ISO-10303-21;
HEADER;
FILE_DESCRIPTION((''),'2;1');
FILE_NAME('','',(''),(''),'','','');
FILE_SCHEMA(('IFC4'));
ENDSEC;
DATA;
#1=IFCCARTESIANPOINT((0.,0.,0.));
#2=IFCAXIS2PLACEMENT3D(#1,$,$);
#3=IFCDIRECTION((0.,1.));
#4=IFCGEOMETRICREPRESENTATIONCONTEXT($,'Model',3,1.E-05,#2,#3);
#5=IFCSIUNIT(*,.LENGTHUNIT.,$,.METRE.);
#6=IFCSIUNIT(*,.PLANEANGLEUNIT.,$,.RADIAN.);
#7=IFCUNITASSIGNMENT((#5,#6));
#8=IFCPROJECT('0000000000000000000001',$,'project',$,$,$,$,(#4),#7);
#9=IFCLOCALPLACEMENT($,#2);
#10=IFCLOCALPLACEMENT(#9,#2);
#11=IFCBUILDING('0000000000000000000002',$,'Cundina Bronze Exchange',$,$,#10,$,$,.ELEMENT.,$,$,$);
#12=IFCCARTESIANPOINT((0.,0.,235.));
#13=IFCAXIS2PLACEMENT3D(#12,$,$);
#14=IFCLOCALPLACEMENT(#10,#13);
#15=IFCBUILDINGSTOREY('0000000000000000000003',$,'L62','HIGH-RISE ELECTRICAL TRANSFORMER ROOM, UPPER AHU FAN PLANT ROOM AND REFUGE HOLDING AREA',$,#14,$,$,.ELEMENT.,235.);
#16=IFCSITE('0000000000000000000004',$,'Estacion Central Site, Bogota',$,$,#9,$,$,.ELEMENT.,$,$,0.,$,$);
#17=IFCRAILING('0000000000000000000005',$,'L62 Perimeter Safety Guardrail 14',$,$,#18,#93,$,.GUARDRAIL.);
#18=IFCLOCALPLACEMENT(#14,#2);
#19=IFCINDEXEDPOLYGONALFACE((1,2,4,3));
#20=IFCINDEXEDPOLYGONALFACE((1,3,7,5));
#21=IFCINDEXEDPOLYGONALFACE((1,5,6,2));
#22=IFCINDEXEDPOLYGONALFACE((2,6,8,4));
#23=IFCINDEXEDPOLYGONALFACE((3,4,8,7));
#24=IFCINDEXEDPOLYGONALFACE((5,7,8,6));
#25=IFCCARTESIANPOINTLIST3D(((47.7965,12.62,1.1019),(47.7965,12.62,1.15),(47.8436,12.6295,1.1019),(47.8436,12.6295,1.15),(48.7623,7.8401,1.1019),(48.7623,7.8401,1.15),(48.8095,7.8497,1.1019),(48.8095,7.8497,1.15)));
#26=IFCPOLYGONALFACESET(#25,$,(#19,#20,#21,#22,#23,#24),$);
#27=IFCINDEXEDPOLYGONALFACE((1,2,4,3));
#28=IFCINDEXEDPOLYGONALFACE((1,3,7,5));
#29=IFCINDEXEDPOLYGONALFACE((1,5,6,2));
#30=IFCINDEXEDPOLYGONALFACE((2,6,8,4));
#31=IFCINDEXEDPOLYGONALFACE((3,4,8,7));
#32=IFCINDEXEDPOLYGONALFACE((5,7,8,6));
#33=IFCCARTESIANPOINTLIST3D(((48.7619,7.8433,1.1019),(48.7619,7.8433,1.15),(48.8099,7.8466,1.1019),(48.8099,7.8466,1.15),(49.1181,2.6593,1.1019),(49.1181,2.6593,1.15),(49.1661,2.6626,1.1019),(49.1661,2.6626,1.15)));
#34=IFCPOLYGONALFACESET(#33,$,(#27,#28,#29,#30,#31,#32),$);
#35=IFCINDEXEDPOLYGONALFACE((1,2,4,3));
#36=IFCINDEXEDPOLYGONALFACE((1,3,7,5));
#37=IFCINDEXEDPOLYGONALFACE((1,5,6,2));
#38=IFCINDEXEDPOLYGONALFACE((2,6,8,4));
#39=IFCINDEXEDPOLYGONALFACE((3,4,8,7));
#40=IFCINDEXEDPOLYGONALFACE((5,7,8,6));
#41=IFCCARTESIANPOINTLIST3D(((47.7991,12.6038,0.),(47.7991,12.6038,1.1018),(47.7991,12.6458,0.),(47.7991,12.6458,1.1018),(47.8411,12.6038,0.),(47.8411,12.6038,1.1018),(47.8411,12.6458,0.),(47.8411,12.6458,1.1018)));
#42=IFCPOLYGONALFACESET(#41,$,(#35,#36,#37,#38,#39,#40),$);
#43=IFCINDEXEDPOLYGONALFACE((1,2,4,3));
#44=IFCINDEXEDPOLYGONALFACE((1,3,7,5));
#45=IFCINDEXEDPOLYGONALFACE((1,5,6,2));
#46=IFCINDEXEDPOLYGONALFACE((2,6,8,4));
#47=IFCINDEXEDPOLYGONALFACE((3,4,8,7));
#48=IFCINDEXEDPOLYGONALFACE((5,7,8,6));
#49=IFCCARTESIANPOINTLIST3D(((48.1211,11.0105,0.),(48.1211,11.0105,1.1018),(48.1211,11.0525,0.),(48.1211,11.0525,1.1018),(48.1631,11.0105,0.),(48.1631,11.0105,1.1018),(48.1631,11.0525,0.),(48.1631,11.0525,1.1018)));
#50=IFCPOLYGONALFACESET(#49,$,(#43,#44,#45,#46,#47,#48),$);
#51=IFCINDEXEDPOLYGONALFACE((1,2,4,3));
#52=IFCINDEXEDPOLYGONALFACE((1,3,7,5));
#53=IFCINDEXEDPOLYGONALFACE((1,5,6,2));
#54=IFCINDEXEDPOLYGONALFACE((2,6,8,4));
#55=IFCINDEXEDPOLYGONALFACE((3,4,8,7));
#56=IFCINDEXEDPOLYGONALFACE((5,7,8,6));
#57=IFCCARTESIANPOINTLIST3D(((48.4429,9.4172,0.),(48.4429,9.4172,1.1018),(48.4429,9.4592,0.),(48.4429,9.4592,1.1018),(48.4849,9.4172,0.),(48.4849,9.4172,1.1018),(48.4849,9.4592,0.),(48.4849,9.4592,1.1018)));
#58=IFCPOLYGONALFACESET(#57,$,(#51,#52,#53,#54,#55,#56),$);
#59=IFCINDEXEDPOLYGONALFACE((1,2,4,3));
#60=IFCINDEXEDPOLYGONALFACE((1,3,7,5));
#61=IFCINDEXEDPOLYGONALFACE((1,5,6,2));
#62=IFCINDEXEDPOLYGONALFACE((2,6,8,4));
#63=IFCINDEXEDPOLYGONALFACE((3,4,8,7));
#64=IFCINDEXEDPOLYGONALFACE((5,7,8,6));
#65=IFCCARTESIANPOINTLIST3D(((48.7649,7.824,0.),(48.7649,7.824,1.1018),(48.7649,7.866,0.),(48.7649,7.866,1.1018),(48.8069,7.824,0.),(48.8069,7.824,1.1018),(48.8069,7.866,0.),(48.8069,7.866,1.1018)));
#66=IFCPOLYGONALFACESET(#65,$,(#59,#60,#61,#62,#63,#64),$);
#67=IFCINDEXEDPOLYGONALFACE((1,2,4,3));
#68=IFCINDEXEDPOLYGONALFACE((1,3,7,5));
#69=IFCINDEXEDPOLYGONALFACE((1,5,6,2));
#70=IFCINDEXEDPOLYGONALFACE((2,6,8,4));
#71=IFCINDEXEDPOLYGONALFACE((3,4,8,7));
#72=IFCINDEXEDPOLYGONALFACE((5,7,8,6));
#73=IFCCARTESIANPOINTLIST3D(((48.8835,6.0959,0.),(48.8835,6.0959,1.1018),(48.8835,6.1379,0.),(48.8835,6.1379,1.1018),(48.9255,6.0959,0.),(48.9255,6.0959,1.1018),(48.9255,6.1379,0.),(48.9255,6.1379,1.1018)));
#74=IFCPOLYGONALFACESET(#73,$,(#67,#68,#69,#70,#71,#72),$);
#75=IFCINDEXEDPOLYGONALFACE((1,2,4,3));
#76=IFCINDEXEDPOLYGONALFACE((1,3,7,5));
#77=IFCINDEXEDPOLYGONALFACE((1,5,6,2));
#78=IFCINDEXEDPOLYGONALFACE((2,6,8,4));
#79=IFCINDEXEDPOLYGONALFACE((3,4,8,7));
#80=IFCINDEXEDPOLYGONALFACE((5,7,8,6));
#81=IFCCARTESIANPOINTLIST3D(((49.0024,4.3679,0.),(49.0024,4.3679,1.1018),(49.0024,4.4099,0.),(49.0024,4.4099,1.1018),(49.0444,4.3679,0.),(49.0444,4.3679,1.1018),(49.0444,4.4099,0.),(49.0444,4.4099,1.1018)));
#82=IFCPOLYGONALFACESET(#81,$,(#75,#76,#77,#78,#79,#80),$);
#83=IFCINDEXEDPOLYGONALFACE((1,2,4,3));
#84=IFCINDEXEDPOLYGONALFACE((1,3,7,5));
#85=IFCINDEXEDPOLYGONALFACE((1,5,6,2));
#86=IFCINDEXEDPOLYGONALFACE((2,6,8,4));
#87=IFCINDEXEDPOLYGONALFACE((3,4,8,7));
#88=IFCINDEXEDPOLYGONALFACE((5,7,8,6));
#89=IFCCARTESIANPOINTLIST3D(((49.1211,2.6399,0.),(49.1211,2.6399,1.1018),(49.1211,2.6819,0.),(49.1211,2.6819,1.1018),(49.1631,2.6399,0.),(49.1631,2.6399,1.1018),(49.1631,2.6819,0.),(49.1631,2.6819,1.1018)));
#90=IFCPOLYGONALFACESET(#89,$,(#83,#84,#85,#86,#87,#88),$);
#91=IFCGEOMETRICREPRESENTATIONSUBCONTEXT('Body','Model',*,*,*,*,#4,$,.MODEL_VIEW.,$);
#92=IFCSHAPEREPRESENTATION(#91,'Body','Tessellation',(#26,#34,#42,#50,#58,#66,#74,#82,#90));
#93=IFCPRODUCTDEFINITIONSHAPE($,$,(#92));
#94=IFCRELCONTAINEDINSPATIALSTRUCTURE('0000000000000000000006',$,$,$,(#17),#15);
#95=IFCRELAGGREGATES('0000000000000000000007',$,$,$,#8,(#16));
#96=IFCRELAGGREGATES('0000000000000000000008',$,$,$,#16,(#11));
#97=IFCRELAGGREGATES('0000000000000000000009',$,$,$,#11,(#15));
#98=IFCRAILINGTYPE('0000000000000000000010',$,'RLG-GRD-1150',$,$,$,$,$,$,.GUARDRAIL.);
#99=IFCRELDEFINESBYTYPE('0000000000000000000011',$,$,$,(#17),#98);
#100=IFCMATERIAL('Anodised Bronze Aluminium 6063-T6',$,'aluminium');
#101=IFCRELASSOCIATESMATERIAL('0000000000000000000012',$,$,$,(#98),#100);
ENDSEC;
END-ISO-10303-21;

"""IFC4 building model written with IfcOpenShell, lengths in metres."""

from ifc_helpers import new_model, si_unit, direction, frame, origin, origin_2d, place, context, subcontext, project, spatial, rectangle, extrude, material, type_object, element, save


model = new_model("IFC4")

# Units and contexts
model_context = context("Model", 3, precision=1e-05, world=origin(), true_north=direction((0.0, 1.0)))
body_context = subcontext(model_context, "Body", "Model", "MODEL_VIEW")
ifc_project = project(units=[si_unit("LENGTHUNIT", "METRE"), si_unit("PLANEANGLEUNIT", "RADIAN")], contexts=[model_context])

# Site, building, storey
site_placement = place(None, origin())
site = spatial("IfcSite", under=ifc_project, at=site_placement, Name="Estacion Central Site, Bogota", CompositionType="ELEMENT", RefElevation=0.0)
building_placement = place(site_placement, origin())
building = spatial("IfcBuilding", under=site, at=building_placement, Name="Cundina Bronze Exchange", CompositionType="ELEMENT")
storey_placement = place(building_placement, frame((0.0, 0.0, 235.0)))
storey = spatial("IfcBuildingStorey", under=building, at=storey_placement, Name="L62", Description="HIGH-RISE ELECTRICAL TRANSFORMER ROOM, UPPER AHU FAN PLANT ROOM AND REFUGE HOLDING AREA", CompositionType="ELEMENT", Elevation=235.0)

# Railing
ifc_material_1 = material(Name="Anodised Bronze Aluminium 6063-T6", Category="aluminium")
railing_type = type_object("IfcRailingType", Name="RLG-GRD-1150", PredefinedType="GUARDRAIL", material=ifc_material_1)
railing_1_placement = place(storey_placement, frame((47.8201, 12.6248, 0.0)))
element("IfcRailing", 1, at=railing_1_placement, inside=storey, type_object=railing_type, Name="L62 Perimeter Safety Guardrail 14", PredefinedType="GUARDRAIL", context=body_context, shape_type="SweptSolid", body=[
    extrude(rectangle(XDim=0.0481, YDim=0.0481, at=origin_2d()), frame((0.0, 0.0, 1.126), z_axis=(0.198061, -0.98019, 0.0), x_axis=(0.98019, 0.198061, 0.0)), (0.0, 0.0, 1.0), 4.8765),
    extrude(rectangle(XDim=0.0481, YDim=0.0481, at=origin_2d()), frame((0.9658, -4.7798, 1.126), z_axis=(0.068549, -0.997648, 0.0), x_axis=(0.997648, 0.068549, 0.0)), (0.0, 0.0, 1.0), 5.1963),
    extrude(rectangle(XDim=0.042, YDim=0.042, at=origin_2d()), origin(), (0.0, 0.0, 1.0), 1.1018),
    extrude(rectangle(XDim=0.042, YDim=0.042, at=origin_2d()), frame((0.322, -1.5933, 0.0)), (0.0, 0.0, 1.0), 1.1018),
    extrude(rectangle(XDim=0.042, YDim=0.042, at=origin_2d()), frame((0.6438, -3.1865, 0.0)), (0.0, 0.0, 1.0), 1.1018),
    extrude(rectangle(XDim=0.042, YDim=0.042, at=origin_2d()), frame((0.9658, -4.7798, 0.0)), (0.0, 0.0, 1.0), 1.1018),
    extrude(rectangle(XDim=0.042, YDim=0.042, at=origin_2d()), frame((1.0845, -6.5078, 0.0)), (0.0, 0.0, 1.0), 1.1018),
    extrude(rectangle(XDim=0.042, YDim=0.042, at=origin_2d()), frame((1.2034, -8.2358, 0.0)), (0.0, 0.0, 1.0), 1.1018),
    extrude(rectangle(XDim=0.042, YDim=0.042, at=origin_2d()), frame((1.322, -9.9639, 0.0)), (0.0, 0.0, 1.0), 1.1018),
])

save(model, "model.ifc")
